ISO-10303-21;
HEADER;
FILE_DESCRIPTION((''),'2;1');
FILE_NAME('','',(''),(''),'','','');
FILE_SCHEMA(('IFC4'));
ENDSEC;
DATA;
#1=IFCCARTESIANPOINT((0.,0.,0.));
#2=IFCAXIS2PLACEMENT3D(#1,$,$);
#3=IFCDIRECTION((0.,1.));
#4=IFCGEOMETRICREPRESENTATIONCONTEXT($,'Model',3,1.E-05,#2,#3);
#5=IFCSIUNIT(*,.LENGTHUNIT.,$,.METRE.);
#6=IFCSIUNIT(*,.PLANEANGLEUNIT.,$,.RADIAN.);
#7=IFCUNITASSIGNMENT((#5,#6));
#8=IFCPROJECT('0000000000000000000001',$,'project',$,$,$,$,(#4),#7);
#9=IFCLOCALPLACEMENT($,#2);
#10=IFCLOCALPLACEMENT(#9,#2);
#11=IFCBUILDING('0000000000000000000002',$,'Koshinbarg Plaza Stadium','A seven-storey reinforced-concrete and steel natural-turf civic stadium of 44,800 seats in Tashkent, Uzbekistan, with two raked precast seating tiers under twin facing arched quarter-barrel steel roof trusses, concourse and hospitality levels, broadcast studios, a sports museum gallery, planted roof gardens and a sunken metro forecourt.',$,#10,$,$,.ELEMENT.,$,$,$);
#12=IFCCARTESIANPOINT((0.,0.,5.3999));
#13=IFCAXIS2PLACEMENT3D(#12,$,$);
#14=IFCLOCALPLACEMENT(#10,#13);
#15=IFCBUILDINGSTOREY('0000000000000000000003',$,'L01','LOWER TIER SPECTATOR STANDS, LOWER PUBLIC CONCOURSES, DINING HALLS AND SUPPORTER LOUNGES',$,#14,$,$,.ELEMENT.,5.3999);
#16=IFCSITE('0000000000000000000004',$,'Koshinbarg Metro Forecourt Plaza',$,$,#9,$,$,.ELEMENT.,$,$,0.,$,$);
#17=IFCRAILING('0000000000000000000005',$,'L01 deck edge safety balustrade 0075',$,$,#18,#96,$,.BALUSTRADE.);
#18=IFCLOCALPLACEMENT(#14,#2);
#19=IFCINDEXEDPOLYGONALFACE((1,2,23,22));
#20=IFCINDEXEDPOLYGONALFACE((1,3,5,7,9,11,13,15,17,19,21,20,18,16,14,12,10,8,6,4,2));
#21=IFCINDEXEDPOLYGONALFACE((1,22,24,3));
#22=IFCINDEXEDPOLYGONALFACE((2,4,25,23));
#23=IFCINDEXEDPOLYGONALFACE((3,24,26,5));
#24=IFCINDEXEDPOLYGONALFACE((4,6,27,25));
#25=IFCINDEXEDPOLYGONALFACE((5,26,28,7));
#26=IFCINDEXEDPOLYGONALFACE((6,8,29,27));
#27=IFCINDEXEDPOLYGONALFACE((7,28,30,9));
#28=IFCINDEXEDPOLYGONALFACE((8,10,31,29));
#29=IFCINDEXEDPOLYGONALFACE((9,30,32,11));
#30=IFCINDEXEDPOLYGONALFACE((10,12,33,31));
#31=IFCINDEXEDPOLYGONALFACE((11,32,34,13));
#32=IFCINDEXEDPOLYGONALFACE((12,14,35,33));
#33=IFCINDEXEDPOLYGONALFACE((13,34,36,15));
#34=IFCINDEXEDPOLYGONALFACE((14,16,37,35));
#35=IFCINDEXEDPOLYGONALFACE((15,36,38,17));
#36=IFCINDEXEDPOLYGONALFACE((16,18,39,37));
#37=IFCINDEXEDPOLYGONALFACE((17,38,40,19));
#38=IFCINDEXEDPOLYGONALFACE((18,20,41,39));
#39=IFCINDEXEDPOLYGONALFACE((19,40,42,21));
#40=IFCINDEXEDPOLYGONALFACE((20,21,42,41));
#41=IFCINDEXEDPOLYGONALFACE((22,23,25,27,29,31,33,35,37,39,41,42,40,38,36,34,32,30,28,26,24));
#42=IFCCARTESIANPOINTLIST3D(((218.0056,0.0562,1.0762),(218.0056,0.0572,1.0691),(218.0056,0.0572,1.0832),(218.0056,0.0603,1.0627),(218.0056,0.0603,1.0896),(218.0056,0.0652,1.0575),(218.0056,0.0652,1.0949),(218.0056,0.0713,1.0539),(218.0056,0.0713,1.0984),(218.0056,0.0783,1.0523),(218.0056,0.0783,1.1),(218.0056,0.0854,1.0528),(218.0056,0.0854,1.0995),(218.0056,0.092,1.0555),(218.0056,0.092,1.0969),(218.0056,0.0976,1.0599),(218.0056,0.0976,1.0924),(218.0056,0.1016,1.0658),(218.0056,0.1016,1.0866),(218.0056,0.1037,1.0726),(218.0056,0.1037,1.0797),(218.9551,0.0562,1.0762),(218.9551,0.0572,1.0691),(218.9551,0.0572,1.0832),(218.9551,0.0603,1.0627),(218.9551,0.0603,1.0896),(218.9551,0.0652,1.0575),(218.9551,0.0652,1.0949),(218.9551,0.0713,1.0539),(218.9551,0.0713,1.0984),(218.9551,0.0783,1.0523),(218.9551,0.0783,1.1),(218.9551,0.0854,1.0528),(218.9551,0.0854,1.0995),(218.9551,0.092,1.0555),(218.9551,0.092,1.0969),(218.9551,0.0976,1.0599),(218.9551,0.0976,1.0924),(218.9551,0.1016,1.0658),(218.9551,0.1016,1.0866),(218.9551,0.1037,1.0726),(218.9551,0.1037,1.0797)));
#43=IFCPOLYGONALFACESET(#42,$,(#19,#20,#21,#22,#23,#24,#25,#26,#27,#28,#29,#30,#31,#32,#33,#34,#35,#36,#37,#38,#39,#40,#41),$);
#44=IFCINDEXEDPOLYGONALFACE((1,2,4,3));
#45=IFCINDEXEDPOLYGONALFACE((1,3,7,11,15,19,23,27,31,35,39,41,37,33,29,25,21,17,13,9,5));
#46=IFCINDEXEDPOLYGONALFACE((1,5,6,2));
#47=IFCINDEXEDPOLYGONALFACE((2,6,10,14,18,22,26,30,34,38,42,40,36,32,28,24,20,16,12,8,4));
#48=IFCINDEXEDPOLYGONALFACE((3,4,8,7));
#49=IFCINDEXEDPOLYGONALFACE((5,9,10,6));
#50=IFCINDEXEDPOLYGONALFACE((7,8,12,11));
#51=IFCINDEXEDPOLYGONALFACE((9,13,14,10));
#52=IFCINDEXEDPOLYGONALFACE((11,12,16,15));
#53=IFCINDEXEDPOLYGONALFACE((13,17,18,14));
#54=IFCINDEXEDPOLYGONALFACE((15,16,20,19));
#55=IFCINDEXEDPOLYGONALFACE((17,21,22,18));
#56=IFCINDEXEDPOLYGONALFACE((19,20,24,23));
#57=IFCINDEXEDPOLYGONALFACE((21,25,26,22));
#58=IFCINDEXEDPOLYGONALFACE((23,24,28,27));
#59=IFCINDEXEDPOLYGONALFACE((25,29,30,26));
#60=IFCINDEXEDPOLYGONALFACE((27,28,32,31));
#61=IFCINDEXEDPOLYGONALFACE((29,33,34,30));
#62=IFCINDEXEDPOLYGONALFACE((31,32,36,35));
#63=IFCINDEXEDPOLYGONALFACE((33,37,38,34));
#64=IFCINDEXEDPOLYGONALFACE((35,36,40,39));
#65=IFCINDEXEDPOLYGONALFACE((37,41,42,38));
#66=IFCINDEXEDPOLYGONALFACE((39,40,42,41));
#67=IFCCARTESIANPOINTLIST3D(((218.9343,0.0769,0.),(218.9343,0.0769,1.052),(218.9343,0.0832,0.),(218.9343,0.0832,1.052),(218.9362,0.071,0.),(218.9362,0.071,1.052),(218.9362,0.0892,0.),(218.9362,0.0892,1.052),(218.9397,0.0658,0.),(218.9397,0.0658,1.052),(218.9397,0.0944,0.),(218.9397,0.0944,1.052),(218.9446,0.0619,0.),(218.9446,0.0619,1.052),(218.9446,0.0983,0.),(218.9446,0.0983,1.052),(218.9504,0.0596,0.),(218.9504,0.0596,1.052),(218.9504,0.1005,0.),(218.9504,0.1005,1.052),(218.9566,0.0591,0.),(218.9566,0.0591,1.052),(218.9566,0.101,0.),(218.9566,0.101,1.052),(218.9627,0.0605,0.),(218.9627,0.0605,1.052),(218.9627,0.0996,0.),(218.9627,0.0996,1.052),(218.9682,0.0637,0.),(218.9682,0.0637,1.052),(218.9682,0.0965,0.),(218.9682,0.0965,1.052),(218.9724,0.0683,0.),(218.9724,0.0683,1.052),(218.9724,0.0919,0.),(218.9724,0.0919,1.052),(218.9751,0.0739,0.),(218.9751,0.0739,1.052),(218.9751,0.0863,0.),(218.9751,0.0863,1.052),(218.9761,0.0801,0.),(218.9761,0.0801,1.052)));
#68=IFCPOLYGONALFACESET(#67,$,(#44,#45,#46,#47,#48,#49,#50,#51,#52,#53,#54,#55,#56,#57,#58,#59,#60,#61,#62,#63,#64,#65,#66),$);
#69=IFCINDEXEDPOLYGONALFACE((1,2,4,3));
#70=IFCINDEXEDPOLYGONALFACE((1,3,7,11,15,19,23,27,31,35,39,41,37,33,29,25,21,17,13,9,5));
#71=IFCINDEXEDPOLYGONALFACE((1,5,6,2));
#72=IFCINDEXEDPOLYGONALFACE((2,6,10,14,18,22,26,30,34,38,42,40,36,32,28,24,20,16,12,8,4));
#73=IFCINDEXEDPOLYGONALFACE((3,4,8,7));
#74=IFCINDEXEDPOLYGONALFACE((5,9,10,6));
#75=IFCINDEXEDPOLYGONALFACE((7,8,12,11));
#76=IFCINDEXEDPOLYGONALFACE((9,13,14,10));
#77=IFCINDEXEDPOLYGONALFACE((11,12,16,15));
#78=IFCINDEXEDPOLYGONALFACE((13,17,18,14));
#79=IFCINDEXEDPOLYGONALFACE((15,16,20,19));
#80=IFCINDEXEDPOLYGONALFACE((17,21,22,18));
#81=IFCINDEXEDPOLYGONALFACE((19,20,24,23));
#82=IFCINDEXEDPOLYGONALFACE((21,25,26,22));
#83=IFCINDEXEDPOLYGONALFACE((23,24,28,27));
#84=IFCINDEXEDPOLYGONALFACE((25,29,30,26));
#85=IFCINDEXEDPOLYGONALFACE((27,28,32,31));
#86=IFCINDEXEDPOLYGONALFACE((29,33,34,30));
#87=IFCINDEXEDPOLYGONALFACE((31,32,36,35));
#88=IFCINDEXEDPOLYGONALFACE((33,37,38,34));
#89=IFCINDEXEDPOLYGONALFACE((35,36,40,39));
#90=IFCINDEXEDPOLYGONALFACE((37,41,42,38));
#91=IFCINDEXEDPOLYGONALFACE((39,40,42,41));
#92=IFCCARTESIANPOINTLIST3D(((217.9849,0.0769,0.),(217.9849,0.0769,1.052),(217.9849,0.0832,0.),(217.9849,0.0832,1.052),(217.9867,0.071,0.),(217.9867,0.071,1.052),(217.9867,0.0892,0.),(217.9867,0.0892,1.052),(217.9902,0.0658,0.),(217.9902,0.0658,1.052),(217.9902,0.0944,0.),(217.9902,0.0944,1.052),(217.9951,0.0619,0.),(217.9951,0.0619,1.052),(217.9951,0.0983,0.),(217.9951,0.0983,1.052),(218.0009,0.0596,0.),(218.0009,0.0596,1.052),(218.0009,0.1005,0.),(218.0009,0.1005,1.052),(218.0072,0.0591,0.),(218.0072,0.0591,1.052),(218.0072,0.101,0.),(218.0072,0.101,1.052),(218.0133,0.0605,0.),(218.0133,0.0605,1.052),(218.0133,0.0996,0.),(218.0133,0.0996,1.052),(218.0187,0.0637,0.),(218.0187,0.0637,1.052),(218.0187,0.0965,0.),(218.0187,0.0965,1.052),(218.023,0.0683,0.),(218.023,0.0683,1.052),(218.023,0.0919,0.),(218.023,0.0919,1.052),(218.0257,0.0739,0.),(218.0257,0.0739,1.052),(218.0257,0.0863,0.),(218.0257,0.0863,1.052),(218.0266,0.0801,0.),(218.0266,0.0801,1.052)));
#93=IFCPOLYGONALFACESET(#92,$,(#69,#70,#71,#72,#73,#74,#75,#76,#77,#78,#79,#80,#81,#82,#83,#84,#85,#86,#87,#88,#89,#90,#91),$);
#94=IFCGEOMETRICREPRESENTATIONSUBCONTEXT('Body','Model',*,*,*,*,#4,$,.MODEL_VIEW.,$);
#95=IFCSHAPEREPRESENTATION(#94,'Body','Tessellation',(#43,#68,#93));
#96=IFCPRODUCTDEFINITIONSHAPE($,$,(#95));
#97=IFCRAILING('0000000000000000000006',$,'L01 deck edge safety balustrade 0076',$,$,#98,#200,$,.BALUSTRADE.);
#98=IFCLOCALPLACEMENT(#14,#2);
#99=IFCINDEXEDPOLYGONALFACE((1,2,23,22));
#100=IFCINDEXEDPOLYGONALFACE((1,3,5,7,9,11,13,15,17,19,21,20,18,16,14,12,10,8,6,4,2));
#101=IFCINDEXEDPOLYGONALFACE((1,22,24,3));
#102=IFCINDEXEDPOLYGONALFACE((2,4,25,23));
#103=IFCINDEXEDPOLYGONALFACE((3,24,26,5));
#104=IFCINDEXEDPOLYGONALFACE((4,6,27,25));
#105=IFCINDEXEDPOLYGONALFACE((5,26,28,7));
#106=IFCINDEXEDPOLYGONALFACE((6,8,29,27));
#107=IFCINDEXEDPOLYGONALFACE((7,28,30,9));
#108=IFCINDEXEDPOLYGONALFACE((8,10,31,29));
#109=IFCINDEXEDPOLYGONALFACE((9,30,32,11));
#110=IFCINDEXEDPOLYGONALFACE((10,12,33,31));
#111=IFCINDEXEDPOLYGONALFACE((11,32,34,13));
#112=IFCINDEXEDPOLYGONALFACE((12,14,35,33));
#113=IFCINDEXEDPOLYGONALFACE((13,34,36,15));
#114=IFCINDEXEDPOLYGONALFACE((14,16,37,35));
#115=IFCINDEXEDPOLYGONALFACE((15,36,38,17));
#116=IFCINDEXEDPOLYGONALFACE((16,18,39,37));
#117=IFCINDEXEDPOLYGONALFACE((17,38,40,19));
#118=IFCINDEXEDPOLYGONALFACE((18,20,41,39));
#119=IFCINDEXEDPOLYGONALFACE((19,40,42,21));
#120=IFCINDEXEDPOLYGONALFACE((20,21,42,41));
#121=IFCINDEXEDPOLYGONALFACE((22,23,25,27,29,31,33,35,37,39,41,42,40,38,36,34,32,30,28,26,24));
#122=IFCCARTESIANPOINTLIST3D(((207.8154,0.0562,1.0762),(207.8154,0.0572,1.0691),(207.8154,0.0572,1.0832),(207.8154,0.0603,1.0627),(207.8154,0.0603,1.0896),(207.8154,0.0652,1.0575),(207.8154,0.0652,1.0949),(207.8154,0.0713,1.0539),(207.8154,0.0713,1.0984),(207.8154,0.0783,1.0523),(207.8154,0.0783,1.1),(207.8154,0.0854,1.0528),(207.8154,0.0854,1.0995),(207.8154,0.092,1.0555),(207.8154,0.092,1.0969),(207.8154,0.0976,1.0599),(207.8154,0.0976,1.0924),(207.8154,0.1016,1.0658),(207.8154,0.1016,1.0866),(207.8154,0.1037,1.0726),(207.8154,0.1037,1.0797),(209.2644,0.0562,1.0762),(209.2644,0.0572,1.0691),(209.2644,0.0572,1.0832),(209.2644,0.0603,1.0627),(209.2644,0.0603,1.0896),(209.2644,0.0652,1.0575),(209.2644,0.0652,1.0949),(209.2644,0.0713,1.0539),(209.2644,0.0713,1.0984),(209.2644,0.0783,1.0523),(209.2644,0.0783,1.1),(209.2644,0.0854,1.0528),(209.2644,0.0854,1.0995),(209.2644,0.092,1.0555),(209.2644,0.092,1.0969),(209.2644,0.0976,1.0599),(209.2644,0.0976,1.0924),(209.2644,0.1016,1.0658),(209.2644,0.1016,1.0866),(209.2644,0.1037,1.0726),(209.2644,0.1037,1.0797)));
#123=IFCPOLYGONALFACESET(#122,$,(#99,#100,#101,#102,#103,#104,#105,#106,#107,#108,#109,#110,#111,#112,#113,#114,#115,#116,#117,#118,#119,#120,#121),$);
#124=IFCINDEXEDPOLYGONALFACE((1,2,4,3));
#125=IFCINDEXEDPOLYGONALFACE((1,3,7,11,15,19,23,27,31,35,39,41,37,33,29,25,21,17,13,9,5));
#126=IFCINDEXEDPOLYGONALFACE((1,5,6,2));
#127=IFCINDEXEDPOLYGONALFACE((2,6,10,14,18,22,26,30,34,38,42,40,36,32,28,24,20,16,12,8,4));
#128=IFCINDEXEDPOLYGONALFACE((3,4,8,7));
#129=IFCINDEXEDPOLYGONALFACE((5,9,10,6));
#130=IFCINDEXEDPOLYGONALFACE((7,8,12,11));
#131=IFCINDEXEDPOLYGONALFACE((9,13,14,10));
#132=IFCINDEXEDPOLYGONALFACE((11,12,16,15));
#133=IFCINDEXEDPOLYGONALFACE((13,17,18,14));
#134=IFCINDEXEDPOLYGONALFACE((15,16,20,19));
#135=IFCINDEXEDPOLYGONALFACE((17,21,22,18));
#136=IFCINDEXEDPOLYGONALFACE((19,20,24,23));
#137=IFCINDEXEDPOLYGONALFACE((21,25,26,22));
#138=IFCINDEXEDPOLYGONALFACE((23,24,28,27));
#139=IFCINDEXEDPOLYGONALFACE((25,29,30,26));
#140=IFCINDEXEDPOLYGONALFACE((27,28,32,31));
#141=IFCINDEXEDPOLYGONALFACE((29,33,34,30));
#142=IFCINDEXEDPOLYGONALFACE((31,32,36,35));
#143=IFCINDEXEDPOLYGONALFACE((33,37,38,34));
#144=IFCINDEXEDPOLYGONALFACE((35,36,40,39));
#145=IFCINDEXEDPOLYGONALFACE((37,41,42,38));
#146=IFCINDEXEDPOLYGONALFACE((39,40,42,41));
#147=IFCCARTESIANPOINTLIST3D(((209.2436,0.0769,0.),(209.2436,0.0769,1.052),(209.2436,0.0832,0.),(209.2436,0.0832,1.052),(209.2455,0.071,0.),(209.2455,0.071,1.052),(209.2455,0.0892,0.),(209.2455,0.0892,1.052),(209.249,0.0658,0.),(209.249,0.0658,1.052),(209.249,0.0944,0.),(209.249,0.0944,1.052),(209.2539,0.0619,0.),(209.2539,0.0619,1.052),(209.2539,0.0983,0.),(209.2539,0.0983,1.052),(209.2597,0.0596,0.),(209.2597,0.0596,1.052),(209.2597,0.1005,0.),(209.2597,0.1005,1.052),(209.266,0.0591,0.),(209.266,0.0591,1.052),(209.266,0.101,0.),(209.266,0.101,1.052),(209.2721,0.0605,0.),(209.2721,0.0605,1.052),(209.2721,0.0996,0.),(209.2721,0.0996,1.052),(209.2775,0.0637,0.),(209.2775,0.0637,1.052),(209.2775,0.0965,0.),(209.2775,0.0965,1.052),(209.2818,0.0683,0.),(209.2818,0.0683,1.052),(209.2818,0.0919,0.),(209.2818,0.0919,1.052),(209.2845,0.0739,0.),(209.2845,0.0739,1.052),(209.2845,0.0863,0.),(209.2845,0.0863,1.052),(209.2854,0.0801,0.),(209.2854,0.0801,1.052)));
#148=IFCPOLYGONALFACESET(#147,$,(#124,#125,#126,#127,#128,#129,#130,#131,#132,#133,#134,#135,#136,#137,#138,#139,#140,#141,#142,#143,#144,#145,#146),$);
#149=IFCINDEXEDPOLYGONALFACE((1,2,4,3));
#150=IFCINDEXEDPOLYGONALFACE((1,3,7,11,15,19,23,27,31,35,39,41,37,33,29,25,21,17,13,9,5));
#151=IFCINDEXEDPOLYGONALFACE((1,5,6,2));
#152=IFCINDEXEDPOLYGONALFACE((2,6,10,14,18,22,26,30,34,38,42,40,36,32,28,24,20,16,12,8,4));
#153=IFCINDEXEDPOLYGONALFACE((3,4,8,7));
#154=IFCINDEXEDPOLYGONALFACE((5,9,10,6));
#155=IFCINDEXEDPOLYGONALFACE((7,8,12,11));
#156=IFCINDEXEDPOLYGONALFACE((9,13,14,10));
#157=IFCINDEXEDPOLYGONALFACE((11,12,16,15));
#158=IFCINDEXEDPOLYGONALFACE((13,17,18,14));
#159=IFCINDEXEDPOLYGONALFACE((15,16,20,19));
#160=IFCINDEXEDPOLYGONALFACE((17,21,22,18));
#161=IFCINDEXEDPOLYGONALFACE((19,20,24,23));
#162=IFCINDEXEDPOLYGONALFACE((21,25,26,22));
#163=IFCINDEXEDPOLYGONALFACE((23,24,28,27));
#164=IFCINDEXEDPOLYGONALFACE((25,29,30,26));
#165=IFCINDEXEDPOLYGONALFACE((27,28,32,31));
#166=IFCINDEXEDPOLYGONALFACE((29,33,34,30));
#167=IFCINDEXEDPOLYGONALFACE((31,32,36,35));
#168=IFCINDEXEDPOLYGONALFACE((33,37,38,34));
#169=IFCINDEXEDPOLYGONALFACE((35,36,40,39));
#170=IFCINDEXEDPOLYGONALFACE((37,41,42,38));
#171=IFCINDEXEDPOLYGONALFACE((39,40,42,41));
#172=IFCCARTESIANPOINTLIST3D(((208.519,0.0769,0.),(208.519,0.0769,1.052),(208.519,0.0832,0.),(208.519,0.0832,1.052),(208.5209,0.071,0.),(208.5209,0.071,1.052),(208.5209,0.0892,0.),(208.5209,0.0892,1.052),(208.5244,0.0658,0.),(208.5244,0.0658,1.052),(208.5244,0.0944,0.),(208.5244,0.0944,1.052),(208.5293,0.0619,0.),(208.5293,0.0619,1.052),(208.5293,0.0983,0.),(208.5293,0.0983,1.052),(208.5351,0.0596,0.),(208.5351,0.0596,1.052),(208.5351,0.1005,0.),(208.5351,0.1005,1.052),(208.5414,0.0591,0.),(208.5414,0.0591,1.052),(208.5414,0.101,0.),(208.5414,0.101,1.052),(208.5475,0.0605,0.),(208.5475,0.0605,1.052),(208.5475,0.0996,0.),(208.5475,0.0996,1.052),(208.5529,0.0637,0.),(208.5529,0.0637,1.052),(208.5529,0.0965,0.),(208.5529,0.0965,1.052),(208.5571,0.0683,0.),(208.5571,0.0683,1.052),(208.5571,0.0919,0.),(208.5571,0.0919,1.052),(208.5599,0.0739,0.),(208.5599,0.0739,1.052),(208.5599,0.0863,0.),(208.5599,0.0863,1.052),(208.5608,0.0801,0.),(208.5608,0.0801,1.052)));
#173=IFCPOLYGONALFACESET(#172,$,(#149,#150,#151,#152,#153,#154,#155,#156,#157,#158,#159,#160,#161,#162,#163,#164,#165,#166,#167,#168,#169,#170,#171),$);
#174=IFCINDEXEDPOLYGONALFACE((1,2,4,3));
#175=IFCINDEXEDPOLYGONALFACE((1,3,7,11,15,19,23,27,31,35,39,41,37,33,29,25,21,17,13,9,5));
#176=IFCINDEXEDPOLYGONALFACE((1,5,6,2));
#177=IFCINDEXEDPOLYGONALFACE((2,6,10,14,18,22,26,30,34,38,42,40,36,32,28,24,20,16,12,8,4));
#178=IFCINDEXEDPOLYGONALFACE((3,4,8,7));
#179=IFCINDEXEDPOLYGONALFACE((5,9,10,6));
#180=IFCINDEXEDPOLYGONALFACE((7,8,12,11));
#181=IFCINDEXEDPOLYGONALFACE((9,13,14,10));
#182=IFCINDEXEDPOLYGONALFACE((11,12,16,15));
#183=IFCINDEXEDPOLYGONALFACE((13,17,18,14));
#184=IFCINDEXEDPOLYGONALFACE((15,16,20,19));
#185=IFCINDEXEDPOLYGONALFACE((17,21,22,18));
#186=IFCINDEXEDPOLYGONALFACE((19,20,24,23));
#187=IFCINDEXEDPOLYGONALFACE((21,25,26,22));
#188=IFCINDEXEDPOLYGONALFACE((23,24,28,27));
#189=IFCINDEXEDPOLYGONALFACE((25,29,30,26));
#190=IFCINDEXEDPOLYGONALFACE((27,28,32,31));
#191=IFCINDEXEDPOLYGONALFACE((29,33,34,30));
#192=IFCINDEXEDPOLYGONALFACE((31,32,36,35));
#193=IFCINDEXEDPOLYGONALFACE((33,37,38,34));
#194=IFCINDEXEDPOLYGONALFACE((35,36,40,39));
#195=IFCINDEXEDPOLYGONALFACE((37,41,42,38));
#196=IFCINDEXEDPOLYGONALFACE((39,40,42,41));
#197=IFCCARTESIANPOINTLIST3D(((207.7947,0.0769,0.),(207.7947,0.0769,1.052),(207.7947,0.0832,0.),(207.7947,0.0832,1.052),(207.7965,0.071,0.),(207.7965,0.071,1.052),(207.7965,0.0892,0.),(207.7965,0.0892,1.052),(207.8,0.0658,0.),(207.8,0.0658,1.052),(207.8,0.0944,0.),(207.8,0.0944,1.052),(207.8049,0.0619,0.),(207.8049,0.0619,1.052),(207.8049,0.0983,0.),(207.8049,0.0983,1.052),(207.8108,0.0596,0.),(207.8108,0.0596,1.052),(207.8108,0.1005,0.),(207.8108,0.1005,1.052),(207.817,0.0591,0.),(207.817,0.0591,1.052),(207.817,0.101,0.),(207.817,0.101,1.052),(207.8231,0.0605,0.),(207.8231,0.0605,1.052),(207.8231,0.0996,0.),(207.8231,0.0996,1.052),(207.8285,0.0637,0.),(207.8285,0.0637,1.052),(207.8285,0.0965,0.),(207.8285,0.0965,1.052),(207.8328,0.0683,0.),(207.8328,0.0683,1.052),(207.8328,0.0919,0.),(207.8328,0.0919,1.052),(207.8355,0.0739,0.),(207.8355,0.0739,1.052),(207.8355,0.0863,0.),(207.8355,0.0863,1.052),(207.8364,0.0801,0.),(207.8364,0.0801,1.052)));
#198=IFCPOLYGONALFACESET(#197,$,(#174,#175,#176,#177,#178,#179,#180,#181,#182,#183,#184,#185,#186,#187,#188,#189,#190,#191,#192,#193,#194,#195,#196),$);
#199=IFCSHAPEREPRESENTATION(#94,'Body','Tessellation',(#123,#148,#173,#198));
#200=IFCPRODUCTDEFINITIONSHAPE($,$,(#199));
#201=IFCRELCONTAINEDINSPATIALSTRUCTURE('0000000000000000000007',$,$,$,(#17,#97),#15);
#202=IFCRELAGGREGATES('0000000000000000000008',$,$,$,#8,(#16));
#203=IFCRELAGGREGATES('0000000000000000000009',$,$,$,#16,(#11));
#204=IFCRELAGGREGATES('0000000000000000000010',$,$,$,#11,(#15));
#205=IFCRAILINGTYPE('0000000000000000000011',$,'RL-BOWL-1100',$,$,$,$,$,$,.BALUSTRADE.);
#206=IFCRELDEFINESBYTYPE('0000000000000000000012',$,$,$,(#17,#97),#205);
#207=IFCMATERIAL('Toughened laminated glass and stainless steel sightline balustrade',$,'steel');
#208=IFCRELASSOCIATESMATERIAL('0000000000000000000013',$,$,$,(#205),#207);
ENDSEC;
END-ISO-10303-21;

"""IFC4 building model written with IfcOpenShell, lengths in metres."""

from ifc_helpers import new_model, si_unit, direction, frame, origin, origin_2d, place, context, subcontext, project, spatial, circle, extrude, material, type_object, element, save


model = new_model("IFC4")

# Units and contexts
model_context = context("Model", 3, precision=1e-05, world=origin(), true_north=direction((0.0, 1.0)))
body_context = subcontext(model_context, "Body", "Model", "MODEL_VIEW")
ifc_project = project(units=[si_unit("LENGTHUNIT", "METRE"), si_unit("PLANEANGLEUNIT", "RADIAN")], contexts=[model_context])

# Site, building, storey
site_placement = place(None, origin())
site = spatial("IfcSite", under=ifc_project, at=site_placement, Name="Koshinbarg Metro Forecourt Plaza", CompositionType="ELEMENT", RefElevation=0.0)
building_placement = place(site_placement, origin())
building = spatial("IfcBuilding", under=site, at=building_placement, Name="Koshinbarg Plaza Stadium", Description="A seven-storey reinforced-concrete and steel natural-turf civic stadium of 44,800 seats in Tashkent, Uzbekistan, with two raked precast seating tiers under twin facing arched quarter-barrel steel roof trusses, concourse and hospitality levels, broadcast studios, a sports museum gallery, planted roof gardens and a sunken metro forecourt.", CompositionType="ELEMENT")
storey_placement = place(building_placement, frame((0.0, 0.0, 5.3999)))
storey = spatial("IfcBuildingStorey", under=building, at=storey_placement, Name="L01", Description="LOWER TIER SPECTATOR STANDS, LOWER PUBLIC CONCOURSES, DINING HALLS AND SUPPORTER LOUNGES", CompositionType="ELEMENT", Elevation=5.3999)

# Railings
ifc_material_1 = material(Name="Toughened laminated glass and stainless steel sightline balustrade", Category="steel")
railing_type = type_object("IfcRailingType", Name="RL-BOWL-1100", PredefinedType="BALUSTRADE", material=ifc_material_1)
railing_1_placement = place(storey_placement, frame((218.9551, 0.0801, 0.0)))
element("IfcRailing", 1, at=railing_1_placement, inside=storey, type_object=railing_type, Name="L01 deck edge safety balustrade 0075", PredefinedType="BALUSTRADE", context=body_context, shape_type="SweptSolid", body=[
    extrude(circle(Radius=0.0239, at=origin_2d()), frame((0.0, 0.0, 1.0762), z_axis=(-1.0, 0.0, 0.0), x_axis=(0.0, -1.0, 0.0)), (0.0, 0.0, 1.0), 0.9495),
    extrude(circle(Radius=0.021, at=origin_2d()), origin(), (0.0, 0.0, 1.0), 1.052),
    extrude(circle(Radius=0.021, at=origin_2d()), frame((-0.9495, 0.0, 0.0)), (0.0, 0.0, 1.0), 1.052),
])
railing_2_placement = place(storey_placement, frame((209.2644, 0.0801, 0.0)))
element("IfcRailing", 2, at=railing_2_placement, inside=storey, type_object=railing_type, Name="L01 deck edge safety balustrade 0076", PredefinedType="BALUSTRADE", context=body_context, shape_type="SweptSolid", body=[
    extrude(circle(Radius=0.0239, at=origin_2d()), frame((0.0, 0.0, 1.0762), z_axis=(-1.0, 0.0, 0.0), x_axis=(0.0, -1.0, 0.0)), (0.0, 0.0, 1.0), 1.449),
    extrude(circle(Radius=0.021, at=origin_2d()), origin(), (0.0, 0.0, 1.0), 1.052),
    extrude(circle(Radius=0.021, at=origin_2d()), frame((-0.7246, 0.0, 0.0)), (0.0, 0.0, 1.0), 1.052),
    extrude(circle(Radius=0.021, at=origin_2d()), frame((-1.449, 0.0, 0.0)), (0.0, 0.0, 1.0), 1.052),
])

save(model, "model.ifc")
